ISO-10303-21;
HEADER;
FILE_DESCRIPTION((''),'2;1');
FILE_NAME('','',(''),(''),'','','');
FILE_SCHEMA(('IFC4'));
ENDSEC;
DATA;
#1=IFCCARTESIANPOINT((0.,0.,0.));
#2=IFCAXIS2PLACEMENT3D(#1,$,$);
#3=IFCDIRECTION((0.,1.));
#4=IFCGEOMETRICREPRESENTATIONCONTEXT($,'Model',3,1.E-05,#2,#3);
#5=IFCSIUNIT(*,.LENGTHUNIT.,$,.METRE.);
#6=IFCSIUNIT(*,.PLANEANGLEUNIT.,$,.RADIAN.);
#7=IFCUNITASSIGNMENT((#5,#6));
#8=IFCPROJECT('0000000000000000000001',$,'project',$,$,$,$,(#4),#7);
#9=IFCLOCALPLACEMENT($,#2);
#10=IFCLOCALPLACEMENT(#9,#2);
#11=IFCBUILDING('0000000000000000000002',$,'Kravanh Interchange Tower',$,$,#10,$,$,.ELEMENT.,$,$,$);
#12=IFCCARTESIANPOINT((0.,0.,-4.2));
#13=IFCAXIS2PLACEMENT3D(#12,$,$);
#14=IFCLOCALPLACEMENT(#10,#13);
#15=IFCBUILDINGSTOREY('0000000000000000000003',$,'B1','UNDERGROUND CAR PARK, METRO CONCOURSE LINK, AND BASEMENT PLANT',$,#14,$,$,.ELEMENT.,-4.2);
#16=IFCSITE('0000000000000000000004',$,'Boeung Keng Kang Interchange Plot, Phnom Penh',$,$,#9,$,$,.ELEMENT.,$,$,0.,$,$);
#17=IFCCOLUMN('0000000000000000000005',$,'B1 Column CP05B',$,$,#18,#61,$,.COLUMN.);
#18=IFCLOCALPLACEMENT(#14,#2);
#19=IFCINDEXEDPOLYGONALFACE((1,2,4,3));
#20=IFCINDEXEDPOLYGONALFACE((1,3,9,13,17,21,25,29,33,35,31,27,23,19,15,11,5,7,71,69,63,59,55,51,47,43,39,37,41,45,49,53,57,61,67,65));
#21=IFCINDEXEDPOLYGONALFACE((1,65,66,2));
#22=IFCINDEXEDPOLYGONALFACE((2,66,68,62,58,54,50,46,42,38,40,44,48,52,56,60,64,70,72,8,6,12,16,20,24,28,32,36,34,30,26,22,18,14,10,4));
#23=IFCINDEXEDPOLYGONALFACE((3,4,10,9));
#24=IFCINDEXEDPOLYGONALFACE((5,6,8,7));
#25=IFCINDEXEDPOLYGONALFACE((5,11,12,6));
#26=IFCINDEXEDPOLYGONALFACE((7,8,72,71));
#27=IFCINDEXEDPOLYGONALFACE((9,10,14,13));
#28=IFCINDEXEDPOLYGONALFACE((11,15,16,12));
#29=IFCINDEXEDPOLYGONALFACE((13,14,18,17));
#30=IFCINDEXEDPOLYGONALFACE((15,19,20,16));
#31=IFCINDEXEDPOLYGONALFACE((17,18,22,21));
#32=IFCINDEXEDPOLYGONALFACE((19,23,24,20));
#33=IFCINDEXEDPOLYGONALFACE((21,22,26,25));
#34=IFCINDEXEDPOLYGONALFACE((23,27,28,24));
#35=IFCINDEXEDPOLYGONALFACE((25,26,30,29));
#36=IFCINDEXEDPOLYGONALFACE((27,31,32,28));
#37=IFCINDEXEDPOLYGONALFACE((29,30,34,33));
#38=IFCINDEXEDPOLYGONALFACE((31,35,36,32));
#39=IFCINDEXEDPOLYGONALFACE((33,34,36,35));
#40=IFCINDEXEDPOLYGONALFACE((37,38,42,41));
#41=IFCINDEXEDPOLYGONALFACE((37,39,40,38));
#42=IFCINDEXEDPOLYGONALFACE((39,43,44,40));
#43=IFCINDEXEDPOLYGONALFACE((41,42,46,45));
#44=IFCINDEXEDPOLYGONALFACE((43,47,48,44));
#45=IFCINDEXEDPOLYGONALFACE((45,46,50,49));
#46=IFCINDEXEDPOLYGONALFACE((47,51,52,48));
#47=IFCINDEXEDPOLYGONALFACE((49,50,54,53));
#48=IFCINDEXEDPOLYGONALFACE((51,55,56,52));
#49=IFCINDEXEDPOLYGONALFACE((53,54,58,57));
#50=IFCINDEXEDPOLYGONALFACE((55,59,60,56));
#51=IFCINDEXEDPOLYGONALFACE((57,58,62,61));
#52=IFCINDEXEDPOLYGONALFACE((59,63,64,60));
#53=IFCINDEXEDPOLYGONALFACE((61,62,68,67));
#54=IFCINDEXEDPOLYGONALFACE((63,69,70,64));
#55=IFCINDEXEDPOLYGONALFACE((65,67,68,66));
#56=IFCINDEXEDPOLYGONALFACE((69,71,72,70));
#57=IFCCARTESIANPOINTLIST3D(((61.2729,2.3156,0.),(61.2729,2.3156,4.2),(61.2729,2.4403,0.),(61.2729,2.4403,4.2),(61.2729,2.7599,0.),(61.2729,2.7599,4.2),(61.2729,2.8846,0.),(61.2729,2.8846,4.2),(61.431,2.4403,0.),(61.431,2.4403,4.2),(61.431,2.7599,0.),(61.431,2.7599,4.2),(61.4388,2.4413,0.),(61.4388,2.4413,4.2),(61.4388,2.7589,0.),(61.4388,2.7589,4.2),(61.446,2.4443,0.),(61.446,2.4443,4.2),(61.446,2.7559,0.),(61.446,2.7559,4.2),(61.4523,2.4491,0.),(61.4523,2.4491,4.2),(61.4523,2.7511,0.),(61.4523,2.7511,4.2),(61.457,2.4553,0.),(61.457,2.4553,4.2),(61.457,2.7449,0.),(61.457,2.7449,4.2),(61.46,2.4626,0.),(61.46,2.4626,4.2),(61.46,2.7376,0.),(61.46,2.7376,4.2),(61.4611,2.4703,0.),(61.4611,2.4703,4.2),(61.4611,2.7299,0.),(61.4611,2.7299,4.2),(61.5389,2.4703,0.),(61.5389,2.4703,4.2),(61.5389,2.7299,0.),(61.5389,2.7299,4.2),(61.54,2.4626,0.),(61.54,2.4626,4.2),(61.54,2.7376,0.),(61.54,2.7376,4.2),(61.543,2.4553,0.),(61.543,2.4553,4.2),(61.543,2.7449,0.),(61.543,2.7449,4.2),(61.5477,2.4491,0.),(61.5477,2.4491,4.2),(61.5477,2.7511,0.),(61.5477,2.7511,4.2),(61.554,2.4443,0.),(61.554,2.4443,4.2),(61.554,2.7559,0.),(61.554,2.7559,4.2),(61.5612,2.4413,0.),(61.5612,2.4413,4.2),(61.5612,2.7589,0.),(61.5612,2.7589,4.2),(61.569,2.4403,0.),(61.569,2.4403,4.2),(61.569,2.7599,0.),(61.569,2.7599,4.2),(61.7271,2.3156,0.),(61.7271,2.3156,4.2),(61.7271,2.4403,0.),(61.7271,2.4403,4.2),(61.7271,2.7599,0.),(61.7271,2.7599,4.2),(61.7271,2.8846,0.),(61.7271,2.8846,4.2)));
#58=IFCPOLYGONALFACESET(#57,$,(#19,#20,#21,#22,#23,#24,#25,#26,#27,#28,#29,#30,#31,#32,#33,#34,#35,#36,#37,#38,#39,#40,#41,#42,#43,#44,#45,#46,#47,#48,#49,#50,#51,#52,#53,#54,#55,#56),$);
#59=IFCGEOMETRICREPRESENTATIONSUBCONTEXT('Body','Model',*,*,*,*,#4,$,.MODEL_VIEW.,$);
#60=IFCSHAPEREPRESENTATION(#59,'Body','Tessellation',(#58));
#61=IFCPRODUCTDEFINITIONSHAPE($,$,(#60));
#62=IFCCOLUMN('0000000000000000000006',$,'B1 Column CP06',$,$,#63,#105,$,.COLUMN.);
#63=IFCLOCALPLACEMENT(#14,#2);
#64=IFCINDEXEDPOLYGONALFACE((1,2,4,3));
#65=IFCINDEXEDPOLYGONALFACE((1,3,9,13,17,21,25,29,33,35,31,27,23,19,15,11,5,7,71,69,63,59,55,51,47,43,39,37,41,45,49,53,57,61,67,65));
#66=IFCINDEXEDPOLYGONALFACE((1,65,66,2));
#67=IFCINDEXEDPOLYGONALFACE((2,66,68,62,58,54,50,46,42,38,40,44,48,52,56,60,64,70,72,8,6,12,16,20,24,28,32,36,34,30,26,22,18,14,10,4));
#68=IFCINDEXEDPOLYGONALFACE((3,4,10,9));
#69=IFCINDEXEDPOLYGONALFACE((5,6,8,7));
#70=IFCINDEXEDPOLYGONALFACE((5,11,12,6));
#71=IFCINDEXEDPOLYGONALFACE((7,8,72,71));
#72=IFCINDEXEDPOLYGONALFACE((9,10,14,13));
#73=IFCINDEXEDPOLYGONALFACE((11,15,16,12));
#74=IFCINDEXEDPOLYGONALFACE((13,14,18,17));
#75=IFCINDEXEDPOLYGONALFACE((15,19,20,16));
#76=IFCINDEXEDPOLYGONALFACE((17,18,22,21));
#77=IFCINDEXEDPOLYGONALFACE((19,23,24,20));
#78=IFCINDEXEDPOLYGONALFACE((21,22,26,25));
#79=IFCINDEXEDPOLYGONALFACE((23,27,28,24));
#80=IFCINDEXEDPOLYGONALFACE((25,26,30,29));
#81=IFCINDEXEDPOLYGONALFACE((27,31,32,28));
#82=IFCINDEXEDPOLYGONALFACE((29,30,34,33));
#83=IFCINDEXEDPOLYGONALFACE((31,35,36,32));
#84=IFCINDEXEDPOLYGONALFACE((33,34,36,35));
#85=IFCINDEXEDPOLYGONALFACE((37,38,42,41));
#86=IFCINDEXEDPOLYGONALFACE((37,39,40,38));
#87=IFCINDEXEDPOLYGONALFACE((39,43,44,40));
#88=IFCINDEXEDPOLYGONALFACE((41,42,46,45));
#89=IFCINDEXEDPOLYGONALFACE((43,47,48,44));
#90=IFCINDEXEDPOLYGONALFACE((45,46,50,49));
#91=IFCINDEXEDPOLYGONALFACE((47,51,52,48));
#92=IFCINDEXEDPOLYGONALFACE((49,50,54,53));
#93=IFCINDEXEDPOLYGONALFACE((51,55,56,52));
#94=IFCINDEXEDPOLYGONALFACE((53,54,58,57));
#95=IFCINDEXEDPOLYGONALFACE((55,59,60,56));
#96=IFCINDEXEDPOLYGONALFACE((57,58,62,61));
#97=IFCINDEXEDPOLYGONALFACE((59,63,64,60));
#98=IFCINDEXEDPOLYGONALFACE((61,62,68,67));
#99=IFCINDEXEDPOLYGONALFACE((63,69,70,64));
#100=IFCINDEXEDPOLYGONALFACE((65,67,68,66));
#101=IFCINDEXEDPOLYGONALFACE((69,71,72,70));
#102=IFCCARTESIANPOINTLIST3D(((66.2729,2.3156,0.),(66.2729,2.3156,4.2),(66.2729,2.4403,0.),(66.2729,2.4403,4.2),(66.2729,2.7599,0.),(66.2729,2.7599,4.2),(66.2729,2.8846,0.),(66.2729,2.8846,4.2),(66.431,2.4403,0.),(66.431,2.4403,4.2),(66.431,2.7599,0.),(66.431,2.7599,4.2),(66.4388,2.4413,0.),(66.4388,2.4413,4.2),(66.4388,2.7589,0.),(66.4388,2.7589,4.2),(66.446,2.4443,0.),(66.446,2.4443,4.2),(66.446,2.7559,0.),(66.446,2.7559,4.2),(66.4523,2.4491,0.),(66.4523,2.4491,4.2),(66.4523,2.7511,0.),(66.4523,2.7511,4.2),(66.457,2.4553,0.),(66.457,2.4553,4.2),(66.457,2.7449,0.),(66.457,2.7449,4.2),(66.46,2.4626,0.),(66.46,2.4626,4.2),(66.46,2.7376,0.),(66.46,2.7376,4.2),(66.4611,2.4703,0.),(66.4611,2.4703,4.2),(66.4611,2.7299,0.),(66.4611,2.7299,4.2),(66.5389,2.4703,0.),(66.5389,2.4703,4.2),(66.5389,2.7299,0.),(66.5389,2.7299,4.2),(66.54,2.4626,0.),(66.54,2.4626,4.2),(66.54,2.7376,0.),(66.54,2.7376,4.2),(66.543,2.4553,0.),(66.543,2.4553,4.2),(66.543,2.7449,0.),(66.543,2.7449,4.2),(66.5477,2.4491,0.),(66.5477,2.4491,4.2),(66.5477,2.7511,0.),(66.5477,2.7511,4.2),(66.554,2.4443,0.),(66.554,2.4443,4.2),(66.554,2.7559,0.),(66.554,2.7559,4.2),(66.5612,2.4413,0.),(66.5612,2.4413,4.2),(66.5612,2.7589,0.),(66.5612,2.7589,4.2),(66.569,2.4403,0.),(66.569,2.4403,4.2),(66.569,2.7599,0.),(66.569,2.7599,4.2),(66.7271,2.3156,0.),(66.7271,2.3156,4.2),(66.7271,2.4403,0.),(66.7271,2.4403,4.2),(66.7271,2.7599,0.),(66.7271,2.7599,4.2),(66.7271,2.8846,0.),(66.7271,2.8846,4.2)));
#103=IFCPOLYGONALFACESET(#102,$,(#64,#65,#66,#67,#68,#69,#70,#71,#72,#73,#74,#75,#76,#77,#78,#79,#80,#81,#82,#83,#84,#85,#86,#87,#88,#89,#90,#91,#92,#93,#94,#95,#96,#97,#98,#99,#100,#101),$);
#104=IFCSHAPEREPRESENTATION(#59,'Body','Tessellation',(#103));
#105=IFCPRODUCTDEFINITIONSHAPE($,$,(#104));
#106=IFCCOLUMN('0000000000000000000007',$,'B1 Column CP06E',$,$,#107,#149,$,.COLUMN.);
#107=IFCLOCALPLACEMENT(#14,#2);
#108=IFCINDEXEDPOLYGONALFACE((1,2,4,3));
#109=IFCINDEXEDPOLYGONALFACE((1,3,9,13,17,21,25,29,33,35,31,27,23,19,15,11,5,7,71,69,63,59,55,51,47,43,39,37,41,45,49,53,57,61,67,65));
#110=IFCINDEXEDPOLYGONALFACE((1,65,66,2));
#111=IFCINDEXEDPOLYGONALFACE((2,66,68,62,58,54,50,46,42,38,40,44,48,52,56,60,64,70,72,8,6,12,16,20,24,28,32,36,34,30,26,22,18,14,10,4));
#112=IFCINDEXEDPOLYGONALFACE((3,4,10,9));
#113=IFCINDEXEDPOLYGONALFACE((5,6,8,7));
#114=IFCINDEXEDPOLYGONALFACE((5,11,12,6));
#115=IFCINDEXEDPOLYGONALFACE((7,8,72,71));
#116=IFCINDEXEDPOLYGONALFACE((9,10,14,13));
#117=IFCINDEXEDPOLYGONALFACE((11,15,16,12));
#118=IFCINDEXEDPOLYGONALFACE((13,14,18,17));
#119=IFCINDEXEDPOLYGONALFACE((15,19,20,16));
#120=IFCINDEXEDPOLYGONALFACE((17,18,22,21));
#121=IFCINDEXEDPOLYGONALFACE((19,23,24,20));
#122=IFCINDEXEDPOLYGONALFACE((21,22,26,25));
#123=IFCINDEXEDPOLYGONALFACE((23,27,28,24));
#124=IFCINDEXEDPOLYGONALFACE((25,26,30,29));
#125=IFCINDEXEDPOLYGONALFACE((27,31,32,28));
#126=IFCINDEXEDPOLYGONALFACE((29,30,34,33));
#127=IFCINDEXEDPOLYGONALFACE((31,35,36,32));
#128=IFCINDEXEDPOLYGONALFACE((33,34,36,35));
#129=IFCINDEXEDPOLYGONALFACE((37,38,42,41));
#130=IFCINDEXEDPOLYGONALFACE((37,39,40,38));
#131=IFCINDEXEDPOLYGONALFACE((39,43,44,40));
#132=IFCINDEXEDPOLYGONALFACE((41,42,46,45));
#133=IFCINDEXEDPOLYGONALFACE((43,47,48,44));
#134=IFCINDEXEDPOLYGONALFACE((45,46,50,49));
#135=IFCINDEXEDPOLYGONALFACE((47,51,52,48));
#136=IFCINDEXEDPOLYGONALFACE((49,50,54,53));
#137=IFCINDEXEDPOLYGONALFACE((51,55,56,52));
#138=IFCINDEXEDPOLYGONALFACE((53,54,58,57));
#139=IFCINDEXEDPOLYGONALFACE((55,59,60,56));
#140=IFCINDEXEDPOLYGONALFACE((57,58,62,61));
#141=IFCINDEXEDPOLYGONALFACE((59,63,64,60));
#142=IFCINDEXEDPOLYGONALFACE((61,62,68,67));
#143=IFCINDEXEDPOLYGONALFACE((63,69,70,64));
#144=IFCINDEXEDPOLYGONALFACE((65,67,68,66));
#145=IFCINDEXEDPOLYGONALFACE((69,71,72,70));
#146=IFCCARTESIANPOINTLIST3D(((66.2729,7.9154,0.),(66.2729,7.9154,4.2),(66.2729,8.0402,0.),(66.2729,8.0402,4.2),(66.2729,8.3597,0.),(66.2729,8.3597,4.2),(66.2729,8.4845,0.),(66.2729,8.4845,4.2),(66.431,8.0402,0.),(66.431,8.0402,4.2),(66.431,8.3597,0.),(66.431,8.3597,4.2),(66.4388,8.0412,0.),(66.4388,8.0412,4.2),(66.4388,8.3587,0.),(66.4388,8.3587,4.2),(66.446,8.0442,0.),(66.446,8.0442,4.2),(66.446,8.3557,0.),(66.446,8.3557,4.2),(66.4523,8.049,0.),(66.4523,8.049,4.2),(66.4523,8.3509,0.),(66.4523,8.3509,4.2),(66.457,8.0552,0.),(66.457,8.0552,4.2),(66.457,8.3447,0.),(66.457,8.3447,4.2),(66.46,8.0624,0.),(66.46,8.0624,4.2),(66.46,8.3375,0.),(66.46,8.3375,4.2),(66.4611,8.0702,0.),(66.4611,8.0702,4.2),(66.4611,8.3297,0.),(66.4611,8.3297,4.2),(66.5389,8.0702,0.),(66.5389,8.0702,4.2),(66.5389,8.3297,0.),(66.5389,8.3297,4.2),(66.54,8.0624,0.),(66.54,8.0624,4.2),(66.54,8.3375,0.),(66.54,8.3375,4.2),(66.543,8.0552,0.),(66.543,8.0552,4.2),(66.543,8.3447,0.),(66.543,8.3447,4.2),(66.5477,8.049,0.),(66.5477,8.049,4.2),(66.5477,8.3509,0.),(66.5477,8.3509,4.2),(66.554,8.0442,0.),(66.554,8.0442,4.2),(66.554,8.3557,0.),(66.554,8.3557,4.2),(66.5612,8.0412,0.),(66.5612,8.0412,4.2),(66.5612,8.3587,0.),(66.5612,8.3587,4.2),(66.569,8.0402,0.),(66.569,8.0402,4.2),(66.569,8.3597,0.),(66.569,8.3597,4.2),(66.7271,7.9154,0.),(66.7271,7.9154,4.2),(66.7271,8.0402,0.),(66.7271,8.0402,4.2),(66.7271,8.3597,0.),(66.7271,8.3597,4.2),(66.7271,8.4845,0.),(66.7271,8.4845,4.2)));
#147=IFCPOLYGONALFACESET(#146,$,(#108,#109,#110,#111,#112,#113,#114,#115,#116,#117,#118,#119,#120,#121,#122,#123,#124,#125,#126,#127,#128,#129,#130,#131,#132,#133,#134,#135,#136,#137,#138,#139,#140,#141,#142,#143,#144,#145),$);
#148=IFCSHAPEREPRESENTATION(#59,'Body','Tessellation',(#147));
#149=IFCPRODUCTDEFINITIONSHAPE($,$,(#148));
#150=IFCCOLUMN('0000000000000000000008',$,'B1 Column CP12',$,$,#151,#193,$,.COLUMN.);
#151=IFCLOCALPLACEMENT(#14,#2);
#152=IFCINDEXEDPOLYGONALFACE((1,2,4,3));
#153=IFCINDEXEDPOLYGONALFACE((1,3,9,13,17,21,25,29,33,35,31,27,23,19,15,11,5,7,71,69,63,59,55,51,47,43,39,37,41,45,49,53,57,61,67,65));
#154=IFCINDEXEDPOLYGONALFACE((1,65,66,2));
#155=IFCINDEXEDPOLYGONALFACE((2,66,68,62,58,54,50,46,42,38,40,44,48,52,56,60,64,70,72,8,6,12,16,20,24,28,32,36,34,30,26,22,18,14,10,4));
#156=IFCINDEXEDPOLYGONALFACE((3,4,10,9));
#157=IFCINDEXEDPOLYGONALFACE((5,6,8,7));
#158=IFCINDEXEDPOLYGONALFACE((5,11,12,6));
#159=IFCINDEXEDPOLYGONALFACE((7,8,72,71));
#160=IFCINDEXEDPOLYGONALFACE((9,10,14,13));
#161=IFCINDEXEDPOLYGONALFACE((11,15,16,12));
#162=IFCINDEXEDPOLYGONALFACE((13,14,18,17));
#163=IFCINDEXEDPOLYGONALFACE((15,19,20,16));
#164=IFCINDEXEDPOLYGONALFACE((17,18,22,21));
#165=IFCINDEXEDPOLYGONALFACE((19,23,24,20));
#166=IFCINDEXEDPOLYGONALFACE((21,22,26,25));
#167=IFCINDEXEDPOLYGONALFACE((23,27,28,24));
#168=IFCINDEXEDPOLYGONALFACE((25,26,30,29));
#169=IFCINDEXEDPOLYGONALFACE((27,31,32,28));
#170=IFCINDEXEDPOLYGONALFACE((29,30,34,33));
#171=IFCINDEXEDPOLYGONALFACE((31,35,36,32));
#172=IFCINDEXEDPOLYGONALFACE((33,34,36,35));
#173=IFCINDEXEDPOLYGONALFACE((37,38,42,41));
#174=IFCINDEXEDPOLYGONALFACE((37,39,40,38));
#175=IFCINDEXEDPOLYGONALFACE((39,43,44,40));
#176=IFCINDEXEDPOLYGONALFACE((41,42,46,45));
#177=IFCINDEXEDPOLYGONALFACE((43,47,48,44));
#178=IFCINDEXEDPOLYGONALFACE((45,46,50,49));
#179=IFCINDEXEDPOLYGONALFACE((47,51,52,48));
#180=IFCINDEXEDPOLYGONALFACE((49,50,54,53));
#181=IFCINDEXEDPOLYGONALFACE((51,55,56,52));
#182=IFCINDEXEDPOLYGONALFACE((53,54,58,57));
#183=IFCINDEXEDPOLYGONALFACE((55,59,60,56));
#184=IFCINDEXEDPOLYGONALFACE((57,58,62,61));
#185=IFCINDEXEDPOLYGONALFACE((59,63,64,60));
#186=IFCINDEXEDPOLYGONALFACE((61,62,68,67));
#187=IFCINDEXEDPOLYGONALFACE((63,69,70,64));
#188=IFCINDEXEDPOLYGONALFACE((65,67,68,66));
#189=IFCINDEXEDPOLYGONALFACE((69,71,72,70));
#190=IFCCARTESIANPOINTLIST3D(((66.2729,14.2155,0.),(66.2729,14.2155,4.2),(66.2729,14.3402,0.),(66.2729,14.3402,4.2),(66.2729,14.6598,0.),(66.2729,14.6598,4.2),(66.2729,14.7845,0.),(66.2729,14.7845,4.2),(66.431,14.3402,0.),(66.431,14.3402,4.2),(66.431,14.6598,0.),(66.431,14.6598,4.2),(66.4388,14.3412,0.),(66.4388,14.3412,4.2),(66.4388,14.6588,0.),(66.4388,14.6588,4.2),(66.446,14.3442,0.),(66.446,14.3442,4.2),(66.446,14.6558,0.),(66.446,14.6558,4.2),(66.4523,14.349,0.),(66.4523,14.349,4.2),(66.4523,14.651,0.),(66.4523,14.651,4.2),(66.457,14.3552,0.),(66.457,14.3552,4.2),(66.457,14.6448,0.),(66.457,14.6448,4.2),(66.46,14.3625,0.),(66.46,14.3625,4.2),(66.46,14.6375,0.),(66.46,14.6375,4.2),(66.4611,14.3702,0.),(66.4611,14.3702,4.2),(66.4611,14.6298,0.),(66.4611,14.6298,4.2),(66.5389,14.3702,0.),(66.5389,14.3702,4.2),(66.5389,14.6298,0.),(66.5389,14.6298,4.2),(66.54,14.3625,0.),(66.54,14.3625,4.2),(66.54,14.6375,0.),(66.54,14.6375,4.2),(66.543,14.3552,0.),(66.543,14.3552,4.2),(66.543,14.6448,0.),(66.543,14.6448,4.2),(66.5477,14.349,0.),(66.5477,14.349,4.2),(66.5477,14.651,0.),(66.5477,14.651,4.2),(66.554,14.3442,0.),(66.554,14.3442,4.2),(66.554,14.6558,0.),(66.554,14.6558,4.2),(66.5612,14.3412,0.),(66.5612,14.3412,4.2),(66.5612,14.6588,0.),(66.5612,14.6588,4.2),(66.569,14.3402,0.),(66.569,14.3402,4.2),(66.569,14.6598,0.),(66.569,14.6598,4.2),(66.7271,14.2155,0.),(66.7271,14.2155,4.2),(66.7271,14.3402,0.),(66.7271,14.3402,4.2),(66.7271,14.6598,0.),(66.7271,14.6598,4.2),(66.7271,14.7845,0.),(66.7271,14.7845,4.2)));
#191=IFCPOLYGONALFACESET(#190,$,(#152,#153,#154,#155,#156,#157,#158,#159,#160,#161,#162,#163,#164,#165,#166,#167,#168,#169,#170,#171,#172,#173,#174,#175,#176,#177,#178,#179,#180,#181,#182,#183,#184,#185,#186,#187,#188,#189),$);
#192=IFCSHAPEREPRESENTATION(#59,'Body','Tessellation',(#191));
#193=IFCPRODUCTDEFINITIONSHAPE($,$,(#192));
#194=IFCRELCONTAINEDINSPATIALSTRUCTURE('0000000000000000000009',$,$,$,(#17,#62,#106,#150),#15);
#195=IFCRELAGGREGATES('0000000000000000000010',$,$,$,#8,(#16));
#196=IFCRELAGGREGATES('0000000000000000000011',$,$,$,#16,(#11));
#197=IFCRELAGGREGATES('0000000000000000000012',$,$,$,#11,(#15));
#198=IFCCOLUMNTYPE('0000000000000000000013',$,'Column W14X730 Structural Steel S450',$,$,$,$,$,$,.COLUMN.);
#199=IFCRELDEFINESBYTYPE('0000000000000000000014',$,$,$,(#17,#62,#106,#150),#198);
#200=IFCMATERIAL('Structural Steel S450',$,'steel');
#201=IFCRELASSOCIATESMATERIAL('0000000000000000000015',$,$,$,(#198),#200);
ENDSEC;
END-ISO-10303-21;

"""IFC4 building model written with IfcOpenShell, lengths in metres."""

from ifc_helpers import new_model, si_unit, direction, frame, origin, origin_2d, place, context, subcontext, project, spatial, i_section, extrude, material, material_profile, profile_set, type_object, element, save


model = new_model("IFC4")

# Units and contexts
model_context = context("Model", 3, precision=1e-05, world=origin(), true_north=direction((0.0, 1.0)))
body_context = subcontext(model_context, "Body", "Model", "MODEL_VIEW")
ifc_project = project(units=[si_unit("LENGTHUNIT", "METRE"), si_unit("PLANEANGLEUNIT", "RADIAN")], contexts=[model_context])

# Site, building, storey
site_placement = place(None, origin())
site = spatial("IfcSite", under=ifc_project, at=site_placement, Name="Boeung Keng Kang Interchange Plot, Phnom Penh", CompositionType="ELEMENT", RefElevation=0.0)
building_placement = place(site_placement, origin())
building = spatial("IfcBuilding", under=site, at=building_placement, Name="Kravanh Interchange Tower", CompositionType="ELEMENT")
storey_placement = place(building_placement, frame((0.0, 0.0, -4.2)))
storey = spatial("IfcBuildingStorey", under=building, at=storey_placement, Name="B1", Description="UNDERGROUND CAR PARK, METRO CONCOURSE LINK, AND BASEMENT PLANT", CompositionType="ELEMENT", Elevation=-4.2)

# Columns
ifc_material_1 = material(Name="Structural Steel S450", Category="steel")
ifc_material_profile_1 = material_profile(ifc_material_1, i_section(OverallWidth=0.4541, OverallDepth=0.5691, WebThickness=0.0779, FlangeThickness=0.1248, FilletRadius=0.03, at=origin_2d()), Name="W14X730")
ifc_profile_set_1 = profile_set([ifc_material_profile_1], Name="Structural Steel S450")
column_type = type_object("IfcColumnType", Name="Column W14X730 Structural Steel S450", PredefinedType="COLUMN", material=ifc_profile_set_1)
for number, where, z_axis, x_axis, name in (
    (1, (61.5, 2.6001, 0.0), (0.0, 0.0, 1.0), (1.0, 0.0, 0.0), "B1 Column CP05B"),
    (2, (66.5, 2.6001, 0.0), (0.0, 0.0, 1.0), (1.0, 0.0, 0.0), "B1 Column CP06"),
    (3, (66.5, 8.2, 0.0), (0.0, 0.0, 1.0), (1.0, 0.0, 0.0), "B1 Column CP06E"),
    (4, (66.5, 14.5, 0.0), (0.0, 0.0, 1.0), (1.0, 0.0, 0.0), "B1 Column CP12"),
):
    element("IfcColumn", number, at=place(storey_placement, frame(where, z_axis=z_axis, x_axis=x_axis)), inside=storey, type_object=column_type, Name=name, PredefinedType="COLUMN", context=body_context, shape_type="SweptSolid", body=[
        extrude(i_section(OverallWidth=0.4541, OverallDepth=0.5691, WebThickness=0.0779, FlangeThickness=0.1248, FilletRadius=0.03, at=origin_2d()), origin(), (0.0, 0.0, 1.0), 4.2),
    ])

save(model, "model.ifc")
